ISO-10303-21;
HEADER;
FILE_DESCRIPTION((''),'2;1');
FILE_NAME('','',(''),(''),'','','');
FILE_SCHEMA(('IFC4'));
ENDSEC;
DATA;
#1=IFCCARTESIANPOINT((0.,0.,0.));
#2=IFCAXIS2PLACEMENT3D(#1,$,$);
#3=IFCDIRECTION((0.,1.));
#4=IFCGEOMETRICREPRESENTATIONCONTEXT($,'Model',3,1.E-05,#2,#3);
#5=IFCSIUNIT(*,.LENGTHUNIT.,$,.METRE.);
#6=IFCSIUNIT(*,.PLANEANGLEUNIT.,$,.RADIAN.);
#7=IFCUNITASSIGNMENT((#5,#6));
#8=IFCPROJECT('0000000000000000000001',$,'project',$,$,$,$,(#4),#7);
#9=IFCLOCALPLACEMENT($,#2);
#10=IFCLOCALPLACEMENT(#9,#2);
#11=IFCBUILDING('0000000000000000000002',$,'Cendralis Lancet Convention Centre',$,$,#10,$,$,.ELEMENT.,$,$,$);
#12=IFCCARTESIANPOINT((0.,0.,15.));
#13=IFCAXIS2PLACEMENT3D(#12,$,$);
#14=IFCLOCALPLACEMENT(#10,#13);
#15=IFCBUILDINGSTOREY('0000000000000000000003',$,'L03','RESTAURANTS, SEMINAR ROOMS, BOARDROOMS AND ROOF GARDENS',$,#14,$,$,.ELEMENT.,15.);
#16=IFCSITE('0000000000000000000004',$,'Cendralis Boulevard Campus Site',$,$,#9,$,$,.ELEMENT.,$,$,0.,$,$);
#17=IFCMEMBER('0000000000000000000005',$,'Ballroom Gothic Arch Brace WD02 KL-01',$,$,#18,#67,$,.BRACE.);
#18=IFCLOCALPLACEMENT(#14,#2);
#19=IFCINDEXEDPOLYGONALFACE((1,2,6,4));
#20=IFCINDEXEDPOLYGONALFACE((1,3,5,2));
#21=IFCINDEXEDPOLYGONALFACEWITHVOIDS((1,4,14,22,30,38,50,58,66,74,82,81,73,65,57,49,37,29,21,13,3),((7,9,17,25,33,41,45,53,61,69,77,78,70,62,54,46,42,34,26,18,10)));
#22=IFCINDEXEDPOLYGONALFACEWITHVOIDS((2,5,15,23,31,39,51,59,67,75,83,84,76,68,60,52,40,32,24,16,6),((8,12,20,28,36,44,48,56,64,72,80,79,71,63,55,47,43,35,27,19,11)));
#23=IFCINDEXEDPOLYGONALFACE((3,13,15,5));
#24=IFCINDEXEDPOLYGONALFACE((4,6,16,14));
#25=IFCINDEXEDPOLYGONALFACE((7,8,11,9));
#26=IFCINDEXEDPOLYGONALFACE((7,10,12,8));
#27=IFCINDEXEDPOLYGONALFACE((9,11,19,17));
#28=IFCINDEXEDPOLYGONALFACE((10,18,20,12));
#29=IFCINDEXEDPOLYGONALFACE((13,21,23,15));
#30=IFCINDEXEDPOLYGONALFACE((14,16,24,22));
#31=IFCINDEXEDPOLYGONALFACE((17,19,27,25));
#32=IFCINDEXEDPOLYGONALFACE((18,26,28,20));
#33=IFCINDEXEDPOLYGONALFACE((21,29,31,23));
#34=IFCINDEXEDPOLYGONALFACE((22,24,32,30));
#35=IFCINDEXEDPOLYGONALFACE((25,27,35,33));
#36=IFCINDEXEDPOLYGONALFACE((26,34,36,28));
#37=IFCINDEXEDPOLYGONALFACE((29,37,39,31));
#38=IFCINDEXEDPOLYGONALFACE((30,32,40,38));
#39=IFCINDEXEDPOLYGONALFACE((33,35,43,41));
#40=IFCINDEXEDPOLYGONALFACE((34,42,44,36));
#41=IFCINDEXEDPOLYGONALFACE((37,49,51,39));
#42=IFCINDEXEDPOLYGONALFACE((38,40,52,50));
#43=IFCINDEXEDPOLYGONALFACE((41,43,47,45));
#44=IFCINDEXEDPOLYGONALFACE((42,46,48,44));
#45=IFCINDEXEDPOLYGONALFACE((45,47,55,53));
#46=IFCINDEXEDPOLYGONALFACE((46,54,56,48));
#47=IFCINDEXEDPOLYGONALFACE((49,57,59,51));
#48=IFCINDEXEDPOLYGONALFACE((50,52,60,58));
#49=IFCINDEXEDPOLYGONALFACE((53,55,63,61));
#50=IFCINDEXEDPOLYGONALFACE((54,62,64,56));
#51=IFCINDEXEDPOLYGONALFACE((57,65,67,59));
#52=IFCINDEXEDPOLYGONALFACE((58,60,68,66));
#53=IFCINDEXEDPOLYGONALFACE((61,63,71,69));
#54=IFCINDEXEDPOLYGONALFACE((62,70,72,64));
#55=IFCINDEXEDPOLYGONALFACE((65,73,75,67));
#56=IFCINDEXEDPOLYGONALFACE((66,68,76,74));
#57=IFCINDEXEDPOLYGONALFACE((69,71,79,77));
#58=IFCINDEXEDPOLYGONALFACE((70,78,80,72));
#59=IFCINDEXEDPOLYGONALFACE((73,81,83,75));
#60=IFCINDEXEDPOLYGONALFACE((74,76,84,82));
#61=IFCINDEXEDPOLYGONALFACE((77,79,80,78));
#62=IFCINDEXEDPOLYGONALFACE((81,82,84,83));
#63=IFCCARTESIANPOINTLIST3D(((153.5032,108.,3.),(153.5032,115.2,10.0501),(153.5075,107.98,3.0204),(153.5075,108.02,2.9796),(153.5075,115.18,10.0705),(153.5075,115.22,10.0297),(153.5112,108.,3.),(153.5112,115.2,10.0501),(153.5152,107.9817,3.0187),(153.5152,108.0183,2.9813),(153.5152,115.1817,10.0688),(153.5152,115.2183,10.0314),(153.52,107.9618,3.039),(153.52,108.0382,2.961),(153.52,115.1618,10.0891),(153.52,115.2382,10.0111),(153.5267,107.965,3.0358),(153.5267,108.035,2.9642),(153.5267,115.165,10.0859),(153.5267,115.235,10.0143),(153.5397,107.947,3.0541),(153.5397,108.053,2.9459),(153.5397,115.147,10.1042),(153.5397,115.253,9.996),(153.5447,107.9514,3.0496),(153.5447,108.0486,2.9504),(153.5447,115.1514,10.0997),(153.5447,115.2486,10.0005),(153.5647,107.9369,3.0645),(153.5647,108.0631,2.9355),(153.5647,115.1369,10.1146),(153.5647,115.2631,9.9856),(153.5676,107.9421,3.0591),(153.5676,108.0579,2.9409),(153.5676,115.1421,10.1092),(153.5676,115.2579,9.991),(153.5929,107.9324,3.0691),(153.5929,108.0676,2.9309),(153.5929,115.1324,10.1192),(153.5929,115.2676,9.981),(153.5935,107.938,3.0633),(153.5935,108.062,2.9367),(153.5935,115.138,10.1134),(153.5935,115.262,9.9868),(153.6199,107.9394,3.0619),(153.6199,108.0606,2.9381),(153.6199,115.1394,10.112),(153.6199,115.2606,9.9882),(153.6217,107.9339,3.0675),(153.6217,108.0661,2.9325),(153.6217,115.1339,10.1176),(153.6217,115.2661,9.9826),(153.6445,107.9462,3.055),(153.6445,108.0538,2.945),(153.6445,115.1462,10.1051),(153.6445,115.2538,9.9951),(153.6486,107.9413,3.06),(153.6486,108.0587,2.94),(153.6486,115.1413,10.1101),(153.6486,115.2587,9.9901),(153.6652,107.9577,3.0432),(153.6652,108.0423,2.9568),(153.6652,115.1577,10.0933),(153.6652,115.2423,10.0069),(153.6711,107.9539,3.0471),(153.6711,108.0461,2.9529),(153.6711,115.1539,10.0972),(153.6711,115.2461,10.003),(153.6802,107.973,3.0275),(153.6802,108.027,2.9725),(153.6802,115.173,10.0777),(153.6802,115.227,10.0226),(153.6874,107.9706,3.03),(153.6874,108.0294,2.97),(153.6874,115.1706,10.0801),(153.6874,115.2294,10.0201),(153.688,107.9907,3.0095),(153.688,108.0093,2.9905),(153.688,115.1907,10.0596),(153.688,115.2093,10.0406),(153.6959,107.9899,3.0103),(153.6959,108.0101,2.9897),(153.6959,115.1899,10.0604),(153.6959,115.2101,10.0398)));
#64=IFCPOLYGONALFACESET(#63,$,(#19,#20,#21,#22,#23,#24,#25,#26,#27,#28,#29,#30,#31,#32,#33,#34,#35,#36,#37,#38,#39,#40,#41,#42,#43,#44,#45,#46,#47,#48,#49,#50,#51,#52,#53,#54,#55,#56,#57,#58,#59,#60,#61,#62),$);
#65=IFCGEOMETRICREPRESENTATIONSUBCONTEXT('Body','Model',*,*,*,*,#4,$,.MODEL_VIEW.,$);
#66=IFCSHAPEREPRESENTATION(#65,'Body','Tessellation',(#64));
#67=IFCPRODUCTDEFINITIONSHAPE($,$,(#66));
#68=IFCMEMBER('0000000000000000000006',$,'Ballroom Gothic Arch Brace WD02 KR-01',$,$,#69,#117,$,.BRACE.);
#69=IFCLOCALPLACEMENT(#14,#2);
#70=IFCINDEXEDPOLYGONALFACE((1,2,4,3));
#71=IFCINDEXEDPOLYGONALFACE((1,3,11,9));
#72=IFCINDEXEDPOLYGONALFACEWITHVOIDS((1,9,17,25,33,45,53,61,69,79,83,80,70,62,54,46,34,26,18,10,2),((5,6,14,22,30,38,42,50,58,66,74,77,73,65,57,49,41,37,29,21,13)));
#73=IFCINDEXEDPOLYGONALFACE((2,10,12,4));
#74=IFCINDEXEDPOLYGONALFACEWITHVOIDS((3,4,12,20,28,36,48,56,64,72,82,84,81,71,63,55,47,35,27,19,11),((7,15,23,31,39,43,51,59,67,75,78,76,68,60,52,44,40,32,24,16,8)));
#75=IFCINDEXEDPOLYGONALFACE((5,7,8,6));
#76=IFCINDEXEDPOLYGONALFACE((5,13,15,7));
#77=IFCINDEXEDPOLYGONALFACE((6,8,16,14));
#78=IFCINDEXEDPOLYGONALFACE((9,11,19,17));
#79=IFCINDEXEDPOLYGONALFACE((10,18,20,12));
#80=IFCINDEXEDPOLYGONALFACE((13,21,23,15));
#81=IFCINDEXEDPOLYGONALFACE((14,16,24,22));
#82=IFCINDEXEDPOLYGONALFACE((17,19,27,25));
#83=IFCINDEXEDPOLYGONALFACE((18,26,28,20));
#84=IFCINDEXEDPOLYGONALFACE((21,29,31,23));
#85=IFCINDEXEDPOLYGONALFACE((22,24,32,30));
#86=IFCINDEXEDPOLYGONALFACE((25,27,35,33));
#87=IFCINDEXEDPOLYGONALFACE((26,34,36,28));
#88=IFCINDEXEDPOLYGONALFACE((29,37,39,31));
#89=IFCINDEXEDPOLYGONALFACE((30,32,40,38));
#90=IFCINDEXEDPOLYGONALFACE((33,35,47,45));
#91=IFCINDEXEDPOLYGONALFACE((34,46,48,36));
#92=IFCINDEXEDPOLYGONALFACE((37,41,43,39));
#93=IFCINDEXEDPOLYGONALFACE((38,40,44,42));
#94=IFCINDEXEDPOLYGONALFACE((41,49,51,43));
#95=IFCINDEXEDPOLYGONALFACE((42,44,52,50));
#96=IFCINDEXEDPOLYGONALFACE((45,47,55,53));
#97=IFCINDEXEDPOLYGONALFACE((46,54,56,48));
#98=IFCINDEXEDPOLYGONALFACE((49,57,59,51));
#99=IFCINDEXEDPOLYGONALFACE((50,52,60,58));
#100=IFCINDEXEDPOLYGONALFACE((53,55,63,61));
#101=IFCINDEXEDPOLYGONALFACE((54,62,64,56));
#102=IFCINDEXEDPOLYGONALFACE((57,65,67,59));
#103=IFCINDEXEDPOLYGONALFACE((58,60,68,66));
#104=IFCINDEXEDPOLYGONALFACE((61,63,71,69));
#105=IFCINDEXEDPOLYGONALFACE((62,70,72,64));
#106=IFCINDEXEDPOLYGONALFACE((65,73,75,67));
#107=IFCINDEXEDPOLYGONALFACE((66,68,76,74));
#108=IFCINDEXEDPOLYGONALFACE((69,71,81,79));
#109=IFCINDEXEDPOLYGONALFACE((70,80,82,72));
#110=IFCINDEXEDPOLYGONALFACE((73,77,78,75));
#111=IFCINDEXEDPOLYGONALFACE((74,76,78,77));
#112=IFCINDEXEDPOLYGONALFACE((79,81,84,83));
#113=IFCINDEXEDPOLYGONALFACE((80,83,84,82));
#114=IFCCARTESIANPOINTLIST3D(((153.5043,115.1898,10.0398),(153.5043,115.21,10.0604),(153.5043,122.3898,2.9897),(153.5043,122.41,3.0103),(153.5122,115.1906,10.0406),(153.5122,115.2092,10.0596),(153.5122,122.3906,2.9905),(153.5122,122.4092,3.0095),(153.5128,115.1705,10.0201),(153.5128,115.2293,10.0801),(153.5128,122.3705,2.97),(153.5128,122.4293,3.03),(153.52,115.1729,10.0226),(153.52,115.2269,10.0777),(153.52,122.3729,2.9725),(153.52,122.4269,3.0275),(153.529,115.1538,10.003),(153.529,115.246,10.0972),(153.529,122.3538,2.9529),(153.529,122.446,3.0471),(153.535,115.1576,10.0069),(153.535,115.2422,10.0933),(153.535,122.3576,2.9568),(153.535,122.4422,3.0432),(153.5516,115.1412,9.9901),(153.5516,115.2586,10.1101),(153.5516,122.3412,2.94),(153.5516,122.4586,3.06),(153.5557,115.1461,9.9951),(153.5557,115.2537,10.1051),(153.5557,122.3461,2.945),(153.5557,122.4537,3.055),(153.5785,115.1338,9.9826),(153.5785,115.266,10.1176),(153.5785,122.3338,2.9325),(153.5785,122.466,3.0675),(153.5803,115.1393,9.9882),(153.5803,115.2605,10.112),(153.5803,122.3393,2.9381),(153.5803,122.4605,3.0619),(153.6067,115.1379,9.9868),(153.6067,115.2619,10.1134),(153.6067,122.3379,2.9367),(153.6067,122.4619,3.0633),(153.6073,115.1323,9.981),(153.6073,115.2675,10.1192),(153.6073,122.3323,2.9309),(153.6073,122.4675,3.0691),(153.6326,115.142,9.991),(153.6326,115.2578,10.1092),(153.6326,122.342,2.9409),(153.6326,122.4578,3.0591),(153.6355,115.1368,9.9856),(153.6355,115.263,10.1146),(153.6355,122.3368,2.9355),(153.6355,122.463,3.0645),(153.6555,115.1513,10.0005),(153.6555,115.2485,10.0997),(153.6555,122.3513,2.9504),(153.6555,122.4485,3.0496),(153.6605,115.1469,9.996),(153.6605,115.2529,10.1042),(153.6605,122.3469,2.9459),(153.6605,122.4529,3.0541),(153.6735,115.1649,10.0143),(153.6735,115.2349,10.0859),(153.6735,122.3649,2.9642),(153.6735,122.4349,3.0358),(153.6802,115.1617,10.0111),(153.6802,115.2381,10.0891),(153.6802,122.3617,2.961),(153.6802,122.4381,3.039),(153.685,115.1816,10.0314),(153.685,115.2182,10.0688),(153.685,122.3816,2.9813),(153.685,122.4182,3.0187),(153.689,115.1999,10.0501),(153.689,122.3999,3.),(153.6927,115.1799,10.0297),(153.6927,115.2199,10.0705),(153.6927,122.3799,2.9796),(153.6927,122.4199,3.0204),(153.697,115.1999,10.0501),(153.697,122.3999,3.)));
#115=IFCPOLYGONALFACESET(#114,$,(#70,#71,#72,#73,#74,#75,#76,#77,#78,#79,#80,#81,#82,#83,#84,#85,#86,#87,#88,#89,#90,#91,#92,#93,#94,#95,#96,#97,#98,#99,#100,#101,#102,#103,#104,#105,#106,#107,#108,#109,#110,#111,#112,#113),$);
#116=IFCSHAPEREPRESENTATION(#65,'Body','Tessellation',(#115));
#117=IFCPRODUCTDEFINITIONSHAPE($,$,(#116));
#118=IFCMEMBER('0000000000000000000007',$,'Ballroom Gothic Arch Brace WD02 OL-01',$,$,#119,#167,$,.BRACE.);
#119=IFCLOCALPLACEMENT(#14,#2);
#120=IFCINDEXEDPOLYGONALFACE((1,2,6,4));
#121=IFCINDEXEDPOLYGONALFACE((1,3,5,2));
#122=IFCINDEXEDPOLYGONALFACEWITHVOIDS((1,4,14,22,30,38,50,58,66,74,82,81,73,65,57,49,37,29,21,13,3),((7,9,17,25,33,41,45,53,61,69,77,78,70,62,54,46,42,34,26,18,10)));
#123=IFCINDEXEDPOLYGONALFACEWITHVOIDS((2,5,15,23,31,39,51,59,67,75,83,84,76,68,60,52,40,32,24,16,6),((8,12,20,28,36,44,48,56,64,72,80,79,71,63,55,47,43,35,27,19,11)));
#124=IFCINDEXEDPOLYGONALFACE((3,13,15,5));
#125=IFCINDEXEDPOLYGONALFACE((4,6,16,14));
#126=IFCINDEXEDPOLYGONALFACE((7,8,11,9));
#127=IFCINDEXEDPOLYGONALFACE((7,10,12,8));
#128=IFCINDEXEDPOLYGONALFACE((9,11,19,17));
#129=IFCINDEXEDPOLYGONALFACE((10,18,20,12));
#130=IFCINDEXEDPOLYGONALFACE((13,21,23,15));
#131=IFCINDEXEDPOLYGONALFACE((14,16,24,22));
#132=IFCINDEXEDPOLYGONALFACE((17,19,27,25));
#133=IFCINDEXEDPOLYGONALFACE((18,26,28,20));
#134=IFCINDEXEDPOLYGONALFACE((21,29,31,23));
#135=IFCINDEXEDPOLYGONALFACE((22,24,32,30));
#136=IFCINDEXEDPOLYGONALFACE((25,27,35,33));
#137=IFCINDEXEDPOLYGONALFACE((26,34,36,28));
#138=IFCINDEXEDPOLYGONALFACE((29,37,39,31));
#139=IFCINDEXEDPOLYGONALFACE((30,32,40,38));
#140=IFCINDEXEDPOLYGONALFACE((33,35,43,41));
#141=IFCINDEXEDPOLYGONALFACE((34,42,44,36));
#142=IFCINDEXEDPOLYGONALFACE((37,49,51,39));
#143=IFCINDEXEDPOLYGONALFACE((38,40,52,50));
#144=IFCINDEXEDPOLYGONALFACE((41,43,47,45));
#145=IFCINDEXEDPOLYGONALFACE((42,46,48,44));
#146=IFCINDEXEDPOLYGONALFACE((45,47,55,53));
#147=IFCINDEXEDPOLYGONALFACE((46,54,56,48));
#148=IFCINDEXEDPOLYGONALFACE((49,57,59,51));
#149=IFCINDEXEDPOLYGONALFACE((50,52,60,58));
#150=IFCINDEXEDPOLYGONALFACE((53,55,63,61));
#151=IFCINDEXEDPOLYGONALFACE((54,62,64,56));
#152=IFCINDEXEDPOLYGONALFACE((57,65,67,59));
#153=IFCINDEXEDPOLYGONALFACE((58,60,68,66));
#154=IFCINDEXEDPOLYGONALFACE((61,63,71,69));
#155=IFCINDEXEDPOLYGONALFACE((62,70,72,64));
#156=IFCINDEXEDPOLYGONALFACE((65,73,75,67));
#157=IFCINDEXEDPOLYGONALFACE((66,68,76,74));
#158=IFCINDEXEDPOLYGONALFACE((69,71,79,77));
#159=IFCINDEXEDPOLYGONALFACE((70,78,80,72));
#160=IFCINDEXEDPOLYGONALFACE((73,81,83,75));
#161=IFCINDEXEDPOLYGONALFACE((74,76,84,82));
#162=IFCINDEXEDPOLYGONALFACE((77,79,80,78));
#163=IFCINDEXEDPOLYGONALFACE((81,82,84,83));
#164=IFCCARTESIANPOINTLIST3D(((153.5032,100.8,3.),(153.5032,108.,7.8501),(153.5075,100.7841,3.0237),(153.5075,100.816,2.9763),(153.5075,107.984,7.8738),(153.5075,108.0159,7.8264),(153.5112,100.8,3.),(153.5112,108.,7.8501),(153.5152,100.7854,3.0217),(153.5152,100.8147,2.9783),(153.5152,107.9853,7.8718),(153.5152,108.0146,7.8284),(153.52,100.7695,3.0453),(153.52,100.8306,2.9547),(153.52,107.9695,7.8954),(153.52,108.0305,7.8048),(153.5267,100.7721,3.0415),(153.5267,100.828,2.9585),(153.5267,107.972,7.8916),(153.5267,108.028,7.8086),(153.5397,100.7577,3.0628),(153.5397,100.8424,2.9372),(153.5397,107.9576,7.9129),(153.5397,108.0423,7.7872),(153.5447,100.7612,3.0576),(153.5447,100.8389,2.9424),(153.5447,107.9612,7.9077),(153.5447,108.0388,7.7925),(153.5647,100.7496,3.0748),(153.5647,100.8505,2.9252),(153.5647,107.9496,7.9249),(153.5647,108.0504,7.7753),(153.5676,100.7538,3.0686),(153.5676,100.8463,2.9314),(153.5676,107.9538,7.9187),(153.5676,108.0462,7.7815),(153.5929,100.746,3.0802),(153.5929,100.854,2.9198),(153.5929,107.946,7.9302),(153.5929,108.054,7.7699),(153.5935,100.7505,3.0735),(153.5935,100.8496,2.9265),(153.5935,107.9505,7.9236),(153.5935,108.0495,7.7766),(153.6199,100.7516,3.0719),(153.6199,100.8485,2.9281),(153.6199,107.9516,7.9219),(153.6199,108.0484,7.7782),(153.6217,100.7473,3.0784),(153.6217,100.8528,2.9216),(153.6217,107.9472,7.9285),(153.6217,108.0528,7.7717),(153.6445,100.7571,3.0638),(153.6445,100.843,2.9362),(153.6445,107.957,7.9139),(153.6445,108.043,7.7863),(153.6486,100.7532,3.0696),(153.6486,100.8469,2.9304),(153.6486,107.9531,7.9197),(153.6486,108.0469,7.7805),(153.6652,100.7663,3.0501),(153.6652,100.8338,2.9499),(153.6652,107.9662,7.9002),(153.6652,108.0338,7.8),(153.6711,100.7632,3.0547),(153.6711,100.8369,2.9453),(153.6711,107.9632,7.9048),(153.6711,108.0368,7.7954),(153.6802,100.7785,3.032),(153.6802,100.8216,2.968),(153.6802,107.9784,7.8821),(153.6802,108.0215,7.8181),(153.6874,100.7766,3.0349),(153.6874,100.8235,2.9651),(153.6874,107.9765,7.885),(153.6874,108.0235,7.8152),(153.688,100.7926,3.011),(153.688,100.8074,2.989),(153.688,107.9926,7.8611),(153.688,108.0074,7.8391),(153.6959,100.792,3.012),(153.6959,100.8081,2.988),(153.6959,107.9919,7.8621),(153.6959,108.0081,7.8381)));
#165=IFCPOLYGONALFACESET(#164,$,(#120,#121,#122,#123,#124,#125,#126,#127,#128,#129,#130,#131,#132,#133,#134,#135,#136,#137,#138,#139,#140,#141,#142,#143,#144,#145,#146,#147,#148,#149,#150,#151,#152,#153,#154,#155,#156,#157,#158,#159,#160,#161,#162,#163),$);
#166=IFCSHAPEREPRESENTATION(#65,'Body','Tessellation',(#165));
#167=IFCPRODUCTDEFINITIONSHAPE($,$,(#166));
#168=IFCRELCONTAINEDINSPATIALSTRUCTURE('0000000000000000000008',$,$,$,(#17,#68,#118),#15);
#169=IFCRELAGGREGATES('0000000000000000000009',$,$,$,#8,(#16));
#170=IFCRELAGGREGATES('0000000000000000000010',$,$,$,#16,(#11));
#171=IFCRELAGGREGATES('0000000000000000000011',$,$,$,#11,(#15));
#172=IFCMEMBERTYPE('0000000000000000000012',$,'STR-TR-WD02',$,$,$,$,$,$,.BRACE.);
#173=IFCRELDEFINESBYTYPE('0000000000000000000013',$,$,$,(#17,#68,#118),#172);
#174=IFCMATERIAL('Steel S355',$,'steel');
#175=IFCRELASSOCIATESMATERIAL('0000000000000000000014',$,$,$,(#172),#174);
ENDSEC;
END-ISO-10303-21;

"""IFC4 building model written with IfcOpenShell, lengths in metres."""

from ifc_helpers import new_model, si_unit, direction, frame, origin, origin_2d, place, context, subcontext, project, spatial, hollow_circle, extrude, material, material_profile, profile_set, type_object, element, save


model = new_model("IFC4")

# Units and contexts
model_context = context("Model", 3, precision=1e-05, world=origin(), true_north=direction((0.0, 1.0)))
body_context = subcontext(model_context, "Body", "Model", "MODEL_VIEW")
ifc_project = project(units=[si_unit("LENGTHUNIT", "METRE"), si_unit("PLANEANGLEUNIT", "RADIAN")], contexts=[model_context])

# Site, building, storey
site_placement = place(None, origin())
site = spatial("IfcSite", under=ifc_project, at=site_placement, Name="Cendralis Boulevard Campus Site", CompositionType="ELEMENT", RefElevation=0.0)
building_placement = place(site_placement, origin())
building = spatial("IfcBuilding", under=site, at=building_placement, Name="Cendralis Lancet Convention Centre", CompositionType="ELEMENT")
storey_placement = place(building_placement, frame((0.0, 0.0, 15.0)))
storey = spatial("IfcBuildingStorey", under=building, at=storey_placement, Name="L03", Description="RESTAURANTS, SEMINAR ROOMS, BOARDROOMS AND ROOF GARDENS", CompositionType="ELEMENT", Elevation=15.0)

# Shared definitions
ifc_material_1 = material(Name="Steel S355", Category="steel")

# Members
ifc_material_profile_1 = material_profile(ifc_material_1, hollow_circle(Radius=0.0969, WallThickness=0.0081, at=origin_2d()), Name="CHS 193.7x8.0")
ifc_profile_set_1 = profile_set([ifc_material_profile_1], Name="Steel S355")
member_type_1 = type_object("IfcMemberType", Name="STR-TR-WD02", PredefinedType="BRACE", material=ifc_profile_set_1)
for number, where, z_axis, x_axis, name in (
    (1, (153.6001, 108.0, 3.0), (0.0, 0.714506, 0.69963), (-1.0, 0.0, 0.0), "Ballroom Gothic Arch Brace WD02 KL-01"),
    (2, (153.6001, 122.3999, 3.0), (0.0, -0.714506, 0.69963), (1.0, 0.0, 0.0), "Ballroom Gothic Arch Brace WD02 KR-01"),
):
    element("IfcMember", number, at=place(storey_placement, frame(where, z_axis=z_axis, x_axis=x_axis)), inside=storey, type_object=member_type_1, Name=name, PredefinedType="BRACE", context=body_context, shape_type="SweptSolid", body=[
        extrude(hollow_circle(Radius=0.0969, WallThickness=0.0081, at=origin_2d()), origin(), (0.0, 0.0, 1.0), 10.0769),
    ])
member_1_placement = place(storey_placement, frame((153.6001, 100.8, 3.0), z_axis=(0.0, 0.829375, 0.558692), x_axis=(-1.0, 0.0, 0.0)))
element("IfcMember", 3, at=member_1_placement, inside=storey, type_object=member_type_1, Name="Ballroom Gothic Arch Brace WD02 OL-01", PredefinedType="BRACE", context=body_context, shape_type="SweptSolid", body=[
    extrude(hollow_circle(Radius=0.0969, WallThickness=0.0081, at=origin_2d()), origin(), (0.0, 0.0, 1.0), 8.6812),
])

save(model, "model.ifc")
